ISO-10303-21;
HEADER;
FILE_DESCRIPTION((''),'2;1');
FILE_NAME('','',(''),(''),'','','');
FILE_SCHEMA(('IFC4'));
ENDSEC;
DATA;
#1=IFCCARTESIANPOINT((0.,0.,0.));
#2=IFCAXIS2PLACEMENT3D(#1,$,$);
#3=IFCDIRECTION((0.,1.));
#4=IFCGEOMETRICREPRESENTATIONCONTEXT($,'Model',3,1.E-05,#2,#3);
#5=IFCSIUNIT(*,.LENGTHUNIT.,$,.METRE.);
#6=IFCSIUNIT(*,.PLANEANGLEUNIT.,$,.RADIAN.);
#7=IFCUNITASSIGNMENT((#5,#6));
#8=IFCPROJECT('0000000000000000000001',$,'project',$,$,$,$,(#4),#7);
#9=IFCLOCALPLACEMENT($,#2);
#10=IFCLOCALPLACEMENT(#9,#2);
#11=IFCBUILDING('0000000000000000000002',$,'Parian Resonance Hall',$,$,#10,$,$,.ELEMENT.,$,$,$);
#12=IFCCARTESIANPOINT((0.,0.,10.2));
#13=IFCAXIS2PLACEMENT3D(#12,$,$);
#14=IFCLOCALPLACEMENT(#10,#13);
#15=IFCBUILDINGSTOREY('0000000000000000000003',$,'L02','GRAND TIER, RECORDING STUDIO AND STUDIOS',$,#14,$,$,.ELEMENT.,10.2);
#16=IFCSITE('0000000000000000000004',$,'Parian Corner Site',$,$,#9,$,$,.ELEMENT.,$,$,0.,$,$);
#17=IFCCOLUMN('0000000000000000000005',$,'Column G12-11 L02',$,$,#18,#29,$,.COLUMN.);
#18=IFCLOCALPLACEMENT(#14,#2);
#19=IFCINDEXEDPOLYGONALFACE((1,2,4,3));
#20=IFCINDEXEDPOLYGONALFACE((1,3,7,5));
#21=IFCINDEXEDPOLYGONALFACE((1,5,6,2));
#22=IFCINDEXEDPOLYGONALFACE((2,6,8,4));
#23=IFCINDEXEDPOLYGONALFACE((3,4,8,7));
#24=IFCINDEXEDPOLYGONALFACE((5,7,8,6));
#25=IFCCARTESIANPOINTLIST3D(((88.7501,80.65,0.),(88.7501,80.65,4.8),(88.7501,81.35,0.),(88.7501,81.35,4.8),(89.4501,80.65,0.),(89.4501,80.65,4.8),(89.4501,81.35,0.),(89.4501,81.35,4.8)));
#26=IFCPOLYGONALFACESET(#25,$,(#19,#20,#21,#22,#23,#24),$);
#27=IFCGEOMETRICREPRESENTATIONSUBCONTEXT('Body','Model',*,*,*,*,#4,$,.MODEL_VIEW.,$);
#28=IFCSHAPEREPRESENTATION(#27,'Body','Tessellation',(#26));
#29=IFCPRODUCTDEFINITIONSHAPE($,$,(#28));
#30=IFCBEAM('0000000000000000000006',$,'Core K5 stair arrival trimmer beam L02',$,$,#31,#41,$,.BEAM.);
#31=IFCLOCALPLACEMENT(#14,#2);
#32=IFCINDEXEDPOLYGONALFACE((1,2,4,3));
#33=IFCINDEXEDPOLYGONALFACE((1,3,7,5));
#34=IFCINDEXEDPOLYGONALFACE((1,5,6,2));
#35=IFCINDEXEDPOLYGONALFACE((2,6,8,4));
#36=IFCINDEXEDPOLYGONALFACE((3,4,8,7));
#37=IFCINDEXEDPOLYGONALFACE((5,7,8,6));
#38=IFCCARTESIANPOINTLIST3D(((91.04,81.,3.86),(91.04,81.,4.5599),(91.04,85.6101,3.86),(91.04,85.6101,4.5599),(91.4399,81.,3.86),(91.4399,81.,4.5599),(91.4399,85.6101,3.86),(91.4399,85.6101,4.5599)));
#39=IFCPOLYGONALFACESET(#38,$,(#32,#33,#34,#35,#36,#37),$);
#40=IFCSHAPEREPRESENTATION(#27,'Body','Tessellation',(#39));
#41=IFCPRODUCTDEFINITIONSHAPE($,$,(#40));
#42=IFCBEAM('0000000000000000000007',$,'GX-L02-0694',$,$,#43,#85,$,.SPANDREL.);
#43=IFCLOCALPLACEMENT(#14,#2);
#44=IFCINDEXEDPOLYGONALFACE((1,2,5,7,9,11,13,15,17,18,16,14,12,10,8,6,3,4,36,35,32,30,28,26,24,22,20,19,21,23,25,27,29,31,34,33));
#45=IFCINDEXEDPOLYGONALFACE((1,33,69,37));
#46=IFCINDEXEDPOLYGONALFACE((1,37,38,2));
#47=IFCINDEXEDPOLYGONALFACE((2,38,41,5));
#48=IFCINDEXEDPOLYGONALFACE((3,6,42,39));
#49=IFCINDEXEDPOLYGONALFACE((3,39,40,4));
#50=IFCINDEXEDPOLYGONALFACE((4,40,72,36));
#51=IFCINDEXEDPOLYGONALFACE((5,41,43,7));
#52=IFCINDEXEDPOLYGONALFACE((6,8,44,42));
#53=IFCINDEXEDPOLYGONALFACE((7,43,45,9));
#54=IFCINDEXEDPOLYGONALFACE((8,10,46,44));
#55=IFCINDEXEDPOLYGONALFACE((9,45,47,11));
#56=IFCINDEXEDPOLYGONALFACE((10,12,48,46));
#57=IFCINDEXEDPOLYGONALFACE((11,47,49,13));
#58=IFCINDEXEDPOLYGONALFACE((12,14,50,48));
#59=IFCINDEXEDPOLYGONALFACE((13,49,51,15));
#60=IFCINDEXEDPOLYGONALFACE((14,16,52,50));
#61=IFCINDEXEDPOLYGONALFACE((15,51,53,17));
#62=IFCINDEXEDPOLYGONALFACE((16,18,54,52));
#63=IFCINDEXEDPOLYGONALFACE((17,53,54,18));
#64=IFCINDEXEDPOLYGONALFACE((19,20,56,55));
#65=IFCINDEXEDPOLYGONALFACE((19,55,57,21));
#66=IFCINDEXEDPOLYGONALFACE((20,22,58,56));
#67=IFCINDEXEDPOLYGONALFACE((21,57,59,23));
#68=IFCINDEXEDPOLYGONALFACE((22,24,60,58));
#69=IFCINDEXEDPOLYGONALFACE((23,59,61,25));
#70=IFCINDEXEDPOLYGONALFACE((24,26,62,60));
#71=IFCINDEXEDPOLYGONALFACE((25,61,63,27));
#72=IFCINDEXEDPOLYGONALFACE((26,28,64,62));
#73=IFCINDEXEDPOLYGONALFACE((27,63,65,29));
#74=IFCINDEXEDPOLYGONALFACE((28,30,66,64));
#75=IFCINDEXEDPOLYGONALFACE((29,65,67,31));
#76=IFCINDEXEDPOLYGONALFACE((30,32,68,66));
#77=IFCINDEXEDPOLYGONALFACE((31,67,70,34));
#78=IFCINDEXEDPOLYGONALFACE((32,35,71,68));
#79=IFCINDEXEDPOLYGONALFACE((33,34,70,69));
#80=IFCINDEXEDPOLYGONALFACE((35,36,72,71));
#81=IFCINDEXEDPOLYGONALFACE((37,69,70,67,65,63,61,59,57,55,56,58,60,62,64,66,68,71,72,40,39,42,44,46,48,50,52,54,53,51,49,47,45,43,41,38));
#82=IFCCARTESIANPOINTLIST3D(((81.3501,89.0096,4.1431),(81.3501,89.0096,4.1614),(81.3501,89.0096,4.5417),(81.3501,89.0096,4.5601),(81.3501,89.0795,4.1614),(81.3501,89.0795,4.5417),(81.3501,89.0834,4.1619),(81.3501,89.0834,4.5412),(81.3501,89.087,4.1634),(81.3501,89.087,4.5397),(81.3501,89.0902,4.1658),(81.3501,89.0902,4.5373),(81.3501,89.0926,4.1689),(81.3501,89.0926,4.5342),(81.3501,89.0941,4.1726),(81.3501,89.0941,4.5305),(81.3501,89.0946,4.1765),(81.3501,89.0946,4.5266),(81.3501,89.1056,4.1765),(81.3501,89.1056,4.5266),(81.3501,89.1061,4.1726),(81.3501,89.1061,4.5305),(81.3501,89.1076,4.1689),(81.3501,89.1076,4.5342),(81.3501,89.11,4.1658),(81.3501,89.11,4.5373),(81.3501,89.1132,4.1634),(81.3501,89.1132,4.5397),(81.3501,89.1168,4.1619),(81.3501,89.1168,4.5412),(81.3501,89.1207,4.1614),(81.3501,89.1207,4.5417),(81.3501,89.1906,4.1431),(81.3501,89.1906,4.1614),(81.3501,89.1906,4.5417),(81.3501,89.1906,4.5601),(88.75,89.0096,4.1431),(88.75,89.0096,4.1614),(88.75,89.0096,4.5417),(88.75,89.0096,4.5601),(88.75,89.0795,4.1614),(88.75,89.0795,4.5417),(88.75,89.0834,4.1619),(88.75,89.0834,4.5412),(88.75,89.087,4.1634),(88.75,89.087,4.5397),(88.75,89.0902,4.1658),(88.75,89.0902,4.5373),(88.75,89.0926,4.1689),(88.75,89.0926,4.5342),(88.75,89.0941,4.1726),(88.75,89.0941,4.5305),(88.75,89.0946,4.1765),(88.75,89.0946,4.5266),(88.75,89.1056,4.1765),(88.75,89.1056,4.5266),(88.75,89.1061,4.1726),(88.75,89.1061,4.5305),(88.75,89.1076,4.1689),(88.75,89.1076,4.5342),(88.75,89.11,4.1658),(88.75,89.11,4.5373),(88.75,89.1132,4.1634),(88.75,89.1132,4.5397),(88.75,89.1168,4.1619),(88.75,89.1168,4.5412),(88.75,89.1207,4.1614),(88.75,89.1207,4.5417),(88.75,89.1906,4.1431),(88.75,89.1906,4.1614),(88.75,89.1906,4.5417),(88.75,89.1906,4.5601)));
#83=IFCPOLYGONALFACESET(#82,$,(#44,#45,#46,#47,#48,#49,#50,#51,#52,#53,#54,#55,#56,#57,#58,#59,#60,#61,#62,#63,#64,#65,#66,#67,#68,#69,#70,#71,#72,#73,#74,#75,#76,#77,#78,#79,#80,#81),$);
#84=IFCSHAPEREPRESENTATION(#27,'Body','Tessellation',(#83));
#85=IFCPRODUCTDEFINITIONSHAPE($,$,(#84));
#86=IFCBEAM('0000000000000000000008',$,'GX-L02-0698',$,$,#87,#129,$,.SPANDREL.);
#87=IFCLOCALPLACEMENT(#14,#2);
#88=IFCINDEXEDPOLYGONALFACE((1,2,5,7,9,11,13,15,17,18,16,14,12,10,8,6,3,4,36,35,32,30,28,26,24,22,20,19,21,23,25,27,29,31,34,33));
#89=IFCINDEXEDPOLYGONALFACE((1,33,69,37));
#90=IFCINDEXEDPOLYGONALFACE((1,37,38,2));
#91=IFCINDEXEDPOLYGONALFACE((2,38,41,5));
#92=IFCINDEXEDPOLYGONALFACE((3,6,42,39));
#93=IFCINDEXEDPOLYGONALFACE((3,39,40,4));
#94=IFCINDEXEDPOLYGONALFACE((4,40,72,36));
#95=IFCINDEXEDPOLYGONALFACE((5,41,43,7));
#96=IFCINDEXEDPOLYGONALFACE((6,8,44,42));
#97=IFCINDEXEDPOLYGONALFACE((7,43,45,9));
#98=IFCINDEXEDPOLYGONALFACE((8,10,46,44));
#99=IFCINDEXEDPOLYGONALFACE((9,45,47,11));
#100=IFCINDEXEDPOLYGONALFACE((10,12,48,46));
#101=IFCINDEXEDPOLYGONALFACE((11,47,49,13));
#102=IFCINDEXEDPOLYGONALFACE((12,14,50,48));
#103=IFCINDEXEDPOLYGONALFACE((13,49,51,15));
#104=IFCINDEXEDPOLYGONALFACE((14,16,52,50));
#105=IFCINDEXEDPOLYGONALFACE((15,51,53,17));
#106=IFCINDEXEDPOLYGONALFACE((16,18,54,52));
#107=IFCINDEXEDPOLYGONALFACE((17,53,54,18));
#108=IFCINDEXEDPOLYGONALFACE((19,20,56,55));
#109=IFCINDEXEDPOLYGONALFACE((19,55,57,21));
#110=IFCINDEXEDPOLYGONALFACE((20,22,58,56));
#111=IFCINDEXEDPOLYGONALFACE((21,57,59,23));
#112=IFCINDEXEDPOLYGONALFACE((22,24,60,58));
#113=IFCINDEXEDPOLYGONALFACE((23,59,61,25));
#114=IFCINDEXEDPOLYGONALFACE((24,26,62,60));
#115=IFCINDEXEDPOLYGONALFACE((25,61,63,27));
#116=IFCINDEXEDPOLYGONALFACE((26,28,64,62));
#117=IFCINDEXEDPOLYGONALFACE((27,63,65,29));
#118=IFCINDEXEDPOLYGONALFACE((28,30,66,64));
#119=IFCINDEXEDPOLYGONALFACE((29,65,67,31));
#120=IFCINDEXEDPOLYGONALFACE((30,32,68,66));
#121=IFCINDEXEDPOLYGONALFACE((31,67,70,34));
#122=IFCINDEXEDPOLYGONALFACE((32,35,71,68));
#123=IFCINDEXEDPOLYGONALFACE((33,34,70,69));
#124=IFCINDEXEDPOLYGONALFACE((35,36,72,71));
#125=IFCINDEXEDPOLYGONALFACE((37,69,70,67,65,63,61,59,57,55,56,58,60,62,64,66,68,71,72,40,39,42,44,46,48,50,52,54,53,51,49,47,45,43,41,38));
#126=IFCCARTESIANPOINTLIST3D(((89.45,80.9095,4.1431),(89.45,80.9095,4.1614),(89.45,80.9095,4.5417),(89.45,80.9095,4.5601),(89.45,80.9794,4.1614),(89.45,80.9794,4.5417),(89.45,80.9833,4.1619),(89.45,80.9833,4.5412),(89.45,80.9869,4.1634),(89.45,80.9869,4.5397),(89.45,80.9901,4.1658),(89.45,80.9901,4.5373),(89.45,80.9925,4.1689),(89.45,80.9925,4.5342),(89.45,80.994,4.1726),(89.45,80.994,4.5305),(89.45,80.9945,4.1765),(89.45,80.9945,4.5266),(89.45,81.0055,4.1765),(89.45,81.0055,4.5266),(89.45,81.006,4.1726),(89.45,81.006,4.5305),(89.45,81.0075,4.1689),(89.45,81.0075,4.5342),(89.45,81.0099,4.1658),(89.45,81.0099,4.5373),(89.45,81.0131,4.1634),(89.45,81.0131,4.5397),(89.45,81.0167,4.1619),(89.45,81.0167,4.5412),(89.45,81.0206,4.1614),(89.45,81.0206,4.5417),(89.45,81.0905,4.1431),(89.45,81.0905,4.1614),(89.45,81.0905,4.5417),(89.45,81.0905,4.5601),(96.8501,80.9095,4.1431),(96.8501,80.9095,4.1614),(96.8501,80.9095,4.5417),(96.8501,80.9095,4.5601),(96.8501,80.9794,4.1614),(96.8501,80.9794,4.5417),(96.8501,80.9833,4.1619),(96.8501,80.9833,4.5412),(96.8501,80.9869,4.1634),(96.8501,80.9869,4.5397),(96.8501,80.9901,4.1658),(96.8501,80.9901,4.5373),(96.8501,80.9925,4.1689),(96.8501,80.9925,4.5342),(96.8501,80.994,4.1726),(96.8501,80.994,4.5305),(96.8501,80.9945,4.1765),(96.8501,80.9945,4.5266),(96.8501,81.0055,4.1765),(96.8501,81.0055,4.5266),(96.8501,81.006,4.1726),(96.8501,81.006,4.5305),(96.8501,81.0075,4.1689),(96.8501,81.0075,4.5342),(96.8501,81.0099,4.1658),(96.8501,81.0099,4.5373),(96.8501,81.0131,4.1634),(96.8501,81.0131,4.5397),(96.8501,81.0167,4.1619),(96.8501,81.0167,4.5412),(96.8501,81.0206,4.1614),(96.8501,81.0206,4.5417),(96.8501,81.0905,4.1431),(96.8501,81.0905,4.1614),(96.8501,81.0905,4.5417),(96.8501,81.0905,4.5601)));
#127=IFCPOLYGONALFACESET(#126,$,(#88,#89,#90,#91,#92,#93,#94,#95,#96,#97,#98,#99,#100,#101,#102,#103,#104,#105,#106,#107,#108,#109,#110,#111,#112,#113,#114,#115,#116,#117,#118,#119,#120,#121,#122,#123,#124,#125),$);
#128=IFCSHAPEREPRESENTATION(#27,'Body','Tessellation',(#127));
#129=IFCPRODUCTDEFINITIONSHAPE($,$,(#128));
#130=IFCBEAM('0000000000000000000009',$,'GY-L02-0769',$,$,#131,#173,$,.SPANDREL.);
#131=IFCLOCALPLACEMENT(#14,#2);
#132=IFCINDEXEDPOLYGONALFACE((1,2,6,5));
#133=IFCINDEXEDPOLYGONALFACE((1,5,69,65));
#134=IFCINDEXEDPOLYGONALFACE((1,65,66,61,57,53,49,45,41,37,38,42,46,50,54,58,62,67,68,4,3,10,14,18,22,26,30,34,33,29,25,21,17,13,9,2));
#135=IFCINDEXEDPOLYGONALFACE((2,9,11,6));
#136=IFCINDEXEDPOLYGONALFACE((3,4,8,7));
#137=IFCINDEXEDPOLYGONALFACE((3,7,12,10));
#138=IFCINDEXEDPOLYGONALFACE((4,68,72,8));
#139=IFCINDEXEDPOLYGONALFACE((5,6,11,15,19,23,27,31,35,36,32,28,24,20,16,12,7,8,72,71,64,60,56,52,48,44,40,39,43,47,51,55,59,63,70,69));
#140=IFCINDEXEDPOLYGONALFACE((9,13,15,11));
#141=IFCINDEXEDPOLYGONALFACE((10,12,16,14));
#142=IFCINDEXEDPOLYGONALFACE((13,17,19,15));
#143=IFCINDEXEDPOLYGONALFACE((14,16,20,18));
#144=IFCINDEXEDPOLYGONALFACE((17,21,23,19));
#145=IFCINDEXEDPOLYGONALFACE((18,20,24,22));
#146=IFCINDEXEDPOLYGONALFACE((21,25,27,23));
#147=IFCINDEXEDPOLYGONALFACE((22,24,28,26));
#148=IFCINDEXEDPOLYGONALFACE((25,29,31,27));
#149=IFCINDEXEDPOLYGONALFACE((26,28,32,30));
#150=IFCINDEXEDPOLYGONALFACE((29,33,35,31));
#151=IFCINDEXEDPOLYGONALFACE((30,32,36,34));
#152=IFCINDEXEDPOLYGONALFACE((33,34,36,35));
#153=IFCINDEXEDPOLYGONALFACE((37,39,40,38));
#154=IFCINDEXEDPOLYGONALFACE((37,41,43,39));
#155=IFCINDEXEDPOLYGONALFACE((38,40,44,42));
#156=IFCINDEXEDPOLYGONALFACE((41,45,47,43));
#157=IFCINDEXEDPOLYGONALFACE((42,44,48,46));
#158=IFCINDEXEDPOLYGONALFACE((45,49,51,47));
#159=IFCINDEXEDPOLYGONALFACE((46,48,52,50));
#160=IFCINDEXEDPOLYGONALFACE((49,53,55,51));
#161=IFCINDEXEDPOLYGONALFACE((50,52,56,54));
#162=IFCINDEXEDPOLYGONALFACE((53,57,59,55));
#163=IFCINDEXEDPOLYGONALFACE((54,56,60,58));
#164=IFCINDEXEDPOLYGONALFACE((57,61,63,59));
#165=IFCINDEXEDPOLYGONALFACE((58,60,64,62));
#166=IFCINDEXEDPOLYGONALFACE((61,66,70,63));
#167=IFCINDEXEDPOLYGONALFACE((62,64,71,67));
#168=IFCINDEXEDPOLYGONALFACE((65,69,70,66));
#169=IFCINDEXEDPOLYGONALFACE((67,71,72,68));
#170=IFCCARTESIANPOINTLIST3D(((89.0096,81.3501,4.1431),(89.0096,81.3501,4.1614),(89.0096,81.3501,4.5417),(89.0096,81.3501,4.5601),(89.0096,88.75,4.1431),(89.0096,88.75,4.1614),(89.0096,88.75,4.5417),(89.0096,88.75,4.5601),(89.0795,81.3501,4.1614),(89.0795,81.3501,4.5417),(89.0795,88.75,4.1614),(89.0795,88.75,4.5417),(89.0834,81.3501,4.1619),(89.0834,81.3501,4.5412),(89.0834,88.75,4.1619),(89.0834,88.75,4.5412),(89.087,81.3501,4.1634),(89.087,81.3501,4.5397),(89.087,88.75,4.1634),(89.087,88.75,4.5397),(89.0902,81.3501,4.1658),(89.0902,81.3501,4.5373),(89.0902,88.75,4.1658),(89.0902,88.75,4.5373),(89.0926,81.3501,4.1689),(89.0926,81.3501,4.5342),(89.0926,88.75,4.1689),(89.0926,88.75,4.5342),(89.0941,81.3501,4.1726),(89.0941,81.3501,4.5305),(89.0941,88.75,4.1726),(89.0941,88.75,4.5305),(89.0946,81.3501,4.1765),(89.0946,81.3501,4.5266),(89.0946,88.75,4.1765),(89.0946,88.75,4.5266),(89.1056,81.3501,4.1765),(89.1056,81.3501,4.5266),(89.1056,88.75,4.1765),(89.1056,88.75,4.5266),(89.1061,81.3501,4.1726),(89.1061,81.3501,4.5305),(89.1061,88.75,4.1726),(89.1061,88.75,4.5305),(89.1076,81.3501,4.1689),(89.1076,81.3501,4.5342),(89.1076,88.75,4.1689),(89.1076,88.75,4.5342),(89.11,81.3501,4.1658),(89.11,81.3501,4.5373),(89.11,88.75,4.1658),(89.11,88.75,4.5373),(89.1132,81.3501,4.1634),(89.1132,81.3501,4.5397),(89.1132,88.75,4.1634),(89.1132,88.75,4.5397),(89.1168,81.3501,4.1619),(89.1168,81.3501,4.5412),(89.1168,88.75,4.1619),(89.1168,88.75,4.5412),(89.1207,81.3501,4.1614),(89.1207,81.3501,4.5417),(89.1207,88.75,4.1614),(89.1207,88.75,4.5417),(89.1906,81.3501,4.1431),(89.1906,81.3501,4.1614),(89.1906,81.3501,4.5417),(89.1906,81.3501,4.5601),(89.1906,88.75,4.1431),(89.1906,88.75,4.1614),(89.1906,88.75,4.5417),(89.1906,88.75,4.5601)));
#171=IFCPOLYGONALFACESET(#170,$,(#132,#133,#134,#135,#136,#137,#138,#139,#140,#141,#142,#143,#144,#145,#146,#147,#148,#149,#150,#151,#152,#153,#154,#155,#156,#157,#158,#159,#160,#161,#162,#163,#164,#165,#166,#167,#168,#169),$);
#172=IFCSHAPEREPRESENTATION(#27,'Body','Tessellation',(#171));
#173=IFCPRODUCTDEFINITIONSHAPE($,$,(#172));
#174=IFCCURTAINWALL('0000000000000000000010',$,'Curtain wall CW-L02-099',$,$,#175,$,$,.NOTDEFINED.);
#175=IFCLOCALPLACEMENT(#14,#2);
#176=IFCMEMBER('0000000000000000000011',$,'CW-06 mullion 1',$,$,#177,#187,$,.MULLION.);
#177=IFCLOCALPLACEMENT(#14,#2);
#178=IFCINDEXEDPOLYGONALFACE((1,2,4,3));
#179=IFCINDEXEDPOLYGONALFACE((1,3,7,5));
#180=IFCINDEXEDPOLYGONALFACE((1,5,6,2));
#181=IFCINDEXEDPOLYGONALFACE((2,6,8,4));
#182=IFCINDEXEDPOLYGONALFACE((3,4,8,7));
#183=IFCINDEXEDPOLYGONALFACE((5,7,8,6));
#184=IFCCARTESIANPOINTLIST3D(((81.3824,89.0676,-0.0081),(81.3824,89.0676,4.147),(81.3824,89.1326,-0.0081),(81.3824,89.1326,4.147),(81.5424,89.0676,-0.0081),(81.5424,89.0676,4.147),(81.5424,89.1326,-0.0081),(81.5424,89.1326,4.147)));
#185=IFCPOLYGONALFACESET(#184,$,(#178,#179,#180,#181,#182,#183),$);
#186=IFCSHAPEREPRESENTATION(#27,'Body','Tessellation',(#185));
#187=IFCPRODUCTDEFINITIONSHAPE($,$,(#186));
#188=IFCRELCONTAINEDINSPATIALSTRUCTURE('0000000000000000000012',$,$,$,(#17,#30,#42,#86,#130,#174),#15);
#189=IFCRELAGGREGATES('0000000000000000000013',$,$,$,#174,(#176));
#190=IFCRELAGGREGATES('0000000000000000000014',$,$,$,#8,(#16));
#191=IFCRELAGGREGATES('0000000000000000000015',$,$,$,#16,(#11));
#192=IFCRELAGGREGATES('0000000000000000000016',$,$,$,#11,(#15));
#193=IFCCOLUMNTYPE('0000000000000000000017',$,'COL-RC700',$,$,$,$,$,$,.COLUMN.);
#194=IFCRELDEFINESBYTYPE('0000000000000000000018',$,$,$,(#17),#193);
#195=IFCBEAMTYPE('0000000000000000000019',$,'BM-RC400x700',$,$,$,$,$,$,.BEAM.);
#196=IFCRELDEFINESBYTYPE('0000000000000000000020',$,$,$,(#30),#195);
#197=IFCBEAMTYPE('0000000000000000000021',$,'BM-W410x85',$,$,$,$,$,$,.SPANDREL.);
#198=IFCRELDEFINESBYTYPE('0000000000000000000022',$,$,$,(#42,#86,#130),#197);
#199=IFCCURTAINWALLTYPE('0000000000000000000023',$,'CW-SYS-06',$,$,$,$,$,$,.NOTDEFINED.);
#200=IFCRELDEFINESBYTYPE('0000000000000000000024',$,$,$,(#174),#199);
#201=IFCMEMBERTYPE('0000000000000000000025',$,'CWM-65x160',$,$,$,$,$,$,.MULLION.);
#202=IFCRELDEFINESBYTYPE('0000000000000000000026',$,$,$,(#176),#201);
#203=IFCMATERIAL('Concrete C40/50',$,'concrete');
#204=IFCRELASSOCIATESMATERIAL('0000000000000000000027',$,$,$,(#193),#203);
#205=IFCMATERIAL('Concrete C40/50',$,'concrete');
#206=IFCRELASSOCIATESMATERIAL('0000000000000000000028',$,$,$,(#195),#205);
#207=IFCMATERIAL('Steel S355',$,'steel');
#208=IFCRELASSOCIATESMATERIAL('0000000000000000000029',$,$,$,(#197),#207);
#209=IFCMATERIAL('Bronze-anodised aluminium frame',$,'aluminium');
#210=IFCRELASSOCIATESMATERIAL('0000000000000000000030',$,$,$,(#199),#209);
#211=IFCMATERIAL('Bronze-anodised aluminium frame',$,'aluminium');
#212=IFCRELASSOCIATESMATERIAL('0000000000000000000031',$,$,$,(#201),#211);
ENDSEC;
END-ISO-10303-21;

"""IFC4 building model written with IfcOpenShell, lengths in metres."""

from ifc_helpers import new_model, si_unit, direction, frame, origin, origin_2d, place, context, subcontext, project, spatial, rectangle, i_section, extrude, material, material_profile, profile_set, type_object, element, aggregate, save


model = new_model("IFC4")

# Units and contexts
model_context = context("Model", 3, precision=1e-05, world=origin(), true_north=direction((0.0, 1.0)))
body_context = subcontext(model_context, "Body", "Model", "MODEL_VIEW")
ifc_project = project(units=[si_unit("LENGTHUNIT", "METRE"), si_unit("PLANEANGLEUNIT", "RADIAN")], contexts=[model_context])

# Site, building, storey
site_placement = place(None, origin())
site = spatial("IfcSite", under=ifc_project, at=site_placement, Name="Parian Corner Site", CompositionType="ELEMENT", RefElevation=0.0)
building_placement = place(site_placement, origin())
building = spatial("IfcBuilding", under=site, at=building_placement, Name="Parian Resonance Hall", CompositionType="ELEMENT")
storey_placement = place(building_placement, frame((0.0, 0.0, 10.2)))
storey = spatial("IfcBuildingStorey", under=building, at=storey_placement, Name="L02", Description="GRAND TIER, RECORDING STUDIO AND STUDIOS", CompositionType="ELEMENT", Elevation=10.2)

# Column
ifc_material_1 = material(Name="Concrete C40/50", Category="concrete")
ifc_material_profile_1 = material_profile(ifc_material_1, rectangle(XDim=0.7, YDim=0.7, at=origin_2d()), Name="RC-COL-700x700")
ifc_profile_set_1 = profile_set([ifc_material_profile_1], Name="Concrete C40/50")
column_type = type_object("IfcColumnType", Name="COL-RC700", PredefinedType="COLUMN", material=ifc_profile_set_1)
column_placement = place(storey_placement, frame((89.1001, 81.0, 0.0), z_axis=(0.0, 0.0, 1.0), x_axis=(1.0, 0.0, 0.0)))
element("IfcColumn", 1, at=column_placement, inside=storey, type_object=column_type, Name="Column G12-11 L02", PredefinedType="COLUMN", context=body_context, shape_type="SweptSolid", body=[
    extrude(rectangle(XDim=0.7, YDim=0.7, at=origin_2d()), origin(), (0.0, 0.0, 1.0), 4.8),
])

# Beams
ifc_material_2 = material(Name="Concrete C40/50", Category="concrete")
ifc_material_profile_2 = material_profile(ifc_material_2, rectangle(XDim=0.3999, YDim=0.7, at=origin_2d()), Name="RC-BM-400x700")
ifc_profile_set_2 = profile_set([ifc_material_profile_2], Name="Concrete C40/50")
beam_type_1 = type_object("IfcBeamType", Name="BM-RC400x700", PredefinedType="BEAM", material=ifc_profile_set_2)
beam_1_placement = place(storey_placement, frame((91.24, 81.0, 4.21), z_axis=(0.0, 1.0, 0.0), x_axis=(-1.0, 0.0, 0.0)))
element("IfcBeam", 2, at=beam_1_placement, inside=storey, type_object=beam_type_1, Name="Core K5 stair arrival trimmer beam L02", PredefinedType="BEAM", context=body_context, shape_type="SweptSolid", body=[
    extrude(rectangle(XDim=0.3999, YDim=0.7, at=origin_2d()), origin(), (0.0, 0.0, 1.0), 4.6101),
])
ifc_material_3 = material(Name="Steel S355", Category="steel")
ifc_material_profile_3 = material_profile(ifc_material_3, i_section(OverallWidth=0.1809, OverallDepth=0.417, WebThickness=0.011, FlangeThickness=0.0183, FilletRadius=0.0151, at=origin_2d()), Name="W410x85")
ifc_profile_set_3 = profile_set([ifc_material_profile_3], Name="Steel S355")
beam_type_2 = type_object("IfcBeamType", Name="BM-W410x85", PredefinedType="SPANDREL", material=ifc_profile_set_3)
beam_2_placement = place(storey_placement, frame((81.3501, 89.1001, 4.3516), z_axis=(1.0, 0.0, 0.0), x_axis=(0.0, 1.0, 0.0)))
element("IfcBeam", 3, at=beam_2_placement, inside=storey, type_object=beam_type_2, Name="GX-L02-0694", PredefinedType="SPANDREL", context=body_context, shape_type="SweptSolid", body=[
    extrude(i_section(OverallWidth=0.1809, OverallDepth=0.417, WebThickness=0.011, FlangeThickness=0.0183, FilletRadius=0.0151, at=origin_2d()), origin(), (0.0, 0.0, 1.0), 7.3999),
])
beam_3_placement = place(storey_placement, frame((89.45, 81.0, 4.3516), z_axis=(1.0, 0.0, 0.0), x_axis=(0.0, 1.0, 0.0)))
element("IfcBeam", 4, at=beam_3_placement, inside=storey, type_object=beam_type_2, Name="GX-L02-0698", PredefinedType="SPANDREL", context=body_context, shape_type="SweptSolid", body=[
    extrude(i_section(OverallWidth=0.1809, OverallDepth=0.417, WebThickness=0.011, FlangeThickness=0.0183, FilletRadius=0.0151, at=origin_2d()), origin(), (0.0, 0.0, 1.0), 7.4001),
])
beam_4_placement = place(storey_placement, frame((89.1001, 81.3501, 4.3516), z_axis=(0.0, 1.0, 0.0), x_axis=(-1.0, 0.0, 0.0)))
element("IfcBeam", 5, at=beam_4_placement, inside=storey, type_object=beam_type_2, Name="GY-L02-0769", PredefinedType="SPANDREL", context=body_context, shape_type="SweptSolid", body=[
    extrude(i_section(OverallWidth=0.1809, OverallDepth=0.417, WebThickness=0.011, FlangeThickness=0.0183, FilletRadius=0.0151, at=origin_2d()), origin(), (0.0, 0.0, 1.0), 7.3999),
])

# Curtain wall, member
ifc_material_4 = material(Name="Bronze-anodised aluminium frame", Category="aluminium")
curtain_wall_type = type_object("IfcCurtainWallType", Name="CW-SYS-06", PredefinedType="NOTDEFINED", material=ifc_material_4)
curtain_wall_placement = place(storey_placement, origin())
curtain_wall = element("IfcCurtainWall", 6, at=curtain_wall_placement, inside=storey, type_object=curtain_wall_type, Name="Curtain wall CW-L02-099", PredefinedType="NOTDEFINED")
ifc_material_5 = material(Name="Bronze-anodised aluminium frame", Category="aluminium")
ifc_material_profile_4 = material_profile(ifc_material_5, rectangle(XDim=0.0649, YDim=0.1599, at=origin_2d()), Name="CWM-65x160")
ifc_profile_set_4 = profile_set([ifc_material_profile_4], Name="Bronze-anodised aluminium frame")
member_type_1 = type_object("IfcMemberType", Name="CWM-65x160", PredefinedType="MULLION", material=ifc_profile_set_4)
member_1_placement = place(storey_placement, frame((81.4624, 89.1001, -0.0081), z_axis=(0.0, 0.0, 1.0), x_axis=(0.0, 1.0, 0.0)))
member_1 = element("IfcMember", 7, at=member_1_placement, type_object=member_type_1, Name="CW-06 mullion 1", PredefinedType="MULLION", context=body_context, shape_type="SweptSolid", body=[
    extrude(rectangle(XDim=0.0649, YDim=0.1599, at=origin_2d()), origin(), (0.0, 0.0, 1.0), 4.155),
])
aggregate(curtain_wall, [member_1])

save(model, "model.ifc")
